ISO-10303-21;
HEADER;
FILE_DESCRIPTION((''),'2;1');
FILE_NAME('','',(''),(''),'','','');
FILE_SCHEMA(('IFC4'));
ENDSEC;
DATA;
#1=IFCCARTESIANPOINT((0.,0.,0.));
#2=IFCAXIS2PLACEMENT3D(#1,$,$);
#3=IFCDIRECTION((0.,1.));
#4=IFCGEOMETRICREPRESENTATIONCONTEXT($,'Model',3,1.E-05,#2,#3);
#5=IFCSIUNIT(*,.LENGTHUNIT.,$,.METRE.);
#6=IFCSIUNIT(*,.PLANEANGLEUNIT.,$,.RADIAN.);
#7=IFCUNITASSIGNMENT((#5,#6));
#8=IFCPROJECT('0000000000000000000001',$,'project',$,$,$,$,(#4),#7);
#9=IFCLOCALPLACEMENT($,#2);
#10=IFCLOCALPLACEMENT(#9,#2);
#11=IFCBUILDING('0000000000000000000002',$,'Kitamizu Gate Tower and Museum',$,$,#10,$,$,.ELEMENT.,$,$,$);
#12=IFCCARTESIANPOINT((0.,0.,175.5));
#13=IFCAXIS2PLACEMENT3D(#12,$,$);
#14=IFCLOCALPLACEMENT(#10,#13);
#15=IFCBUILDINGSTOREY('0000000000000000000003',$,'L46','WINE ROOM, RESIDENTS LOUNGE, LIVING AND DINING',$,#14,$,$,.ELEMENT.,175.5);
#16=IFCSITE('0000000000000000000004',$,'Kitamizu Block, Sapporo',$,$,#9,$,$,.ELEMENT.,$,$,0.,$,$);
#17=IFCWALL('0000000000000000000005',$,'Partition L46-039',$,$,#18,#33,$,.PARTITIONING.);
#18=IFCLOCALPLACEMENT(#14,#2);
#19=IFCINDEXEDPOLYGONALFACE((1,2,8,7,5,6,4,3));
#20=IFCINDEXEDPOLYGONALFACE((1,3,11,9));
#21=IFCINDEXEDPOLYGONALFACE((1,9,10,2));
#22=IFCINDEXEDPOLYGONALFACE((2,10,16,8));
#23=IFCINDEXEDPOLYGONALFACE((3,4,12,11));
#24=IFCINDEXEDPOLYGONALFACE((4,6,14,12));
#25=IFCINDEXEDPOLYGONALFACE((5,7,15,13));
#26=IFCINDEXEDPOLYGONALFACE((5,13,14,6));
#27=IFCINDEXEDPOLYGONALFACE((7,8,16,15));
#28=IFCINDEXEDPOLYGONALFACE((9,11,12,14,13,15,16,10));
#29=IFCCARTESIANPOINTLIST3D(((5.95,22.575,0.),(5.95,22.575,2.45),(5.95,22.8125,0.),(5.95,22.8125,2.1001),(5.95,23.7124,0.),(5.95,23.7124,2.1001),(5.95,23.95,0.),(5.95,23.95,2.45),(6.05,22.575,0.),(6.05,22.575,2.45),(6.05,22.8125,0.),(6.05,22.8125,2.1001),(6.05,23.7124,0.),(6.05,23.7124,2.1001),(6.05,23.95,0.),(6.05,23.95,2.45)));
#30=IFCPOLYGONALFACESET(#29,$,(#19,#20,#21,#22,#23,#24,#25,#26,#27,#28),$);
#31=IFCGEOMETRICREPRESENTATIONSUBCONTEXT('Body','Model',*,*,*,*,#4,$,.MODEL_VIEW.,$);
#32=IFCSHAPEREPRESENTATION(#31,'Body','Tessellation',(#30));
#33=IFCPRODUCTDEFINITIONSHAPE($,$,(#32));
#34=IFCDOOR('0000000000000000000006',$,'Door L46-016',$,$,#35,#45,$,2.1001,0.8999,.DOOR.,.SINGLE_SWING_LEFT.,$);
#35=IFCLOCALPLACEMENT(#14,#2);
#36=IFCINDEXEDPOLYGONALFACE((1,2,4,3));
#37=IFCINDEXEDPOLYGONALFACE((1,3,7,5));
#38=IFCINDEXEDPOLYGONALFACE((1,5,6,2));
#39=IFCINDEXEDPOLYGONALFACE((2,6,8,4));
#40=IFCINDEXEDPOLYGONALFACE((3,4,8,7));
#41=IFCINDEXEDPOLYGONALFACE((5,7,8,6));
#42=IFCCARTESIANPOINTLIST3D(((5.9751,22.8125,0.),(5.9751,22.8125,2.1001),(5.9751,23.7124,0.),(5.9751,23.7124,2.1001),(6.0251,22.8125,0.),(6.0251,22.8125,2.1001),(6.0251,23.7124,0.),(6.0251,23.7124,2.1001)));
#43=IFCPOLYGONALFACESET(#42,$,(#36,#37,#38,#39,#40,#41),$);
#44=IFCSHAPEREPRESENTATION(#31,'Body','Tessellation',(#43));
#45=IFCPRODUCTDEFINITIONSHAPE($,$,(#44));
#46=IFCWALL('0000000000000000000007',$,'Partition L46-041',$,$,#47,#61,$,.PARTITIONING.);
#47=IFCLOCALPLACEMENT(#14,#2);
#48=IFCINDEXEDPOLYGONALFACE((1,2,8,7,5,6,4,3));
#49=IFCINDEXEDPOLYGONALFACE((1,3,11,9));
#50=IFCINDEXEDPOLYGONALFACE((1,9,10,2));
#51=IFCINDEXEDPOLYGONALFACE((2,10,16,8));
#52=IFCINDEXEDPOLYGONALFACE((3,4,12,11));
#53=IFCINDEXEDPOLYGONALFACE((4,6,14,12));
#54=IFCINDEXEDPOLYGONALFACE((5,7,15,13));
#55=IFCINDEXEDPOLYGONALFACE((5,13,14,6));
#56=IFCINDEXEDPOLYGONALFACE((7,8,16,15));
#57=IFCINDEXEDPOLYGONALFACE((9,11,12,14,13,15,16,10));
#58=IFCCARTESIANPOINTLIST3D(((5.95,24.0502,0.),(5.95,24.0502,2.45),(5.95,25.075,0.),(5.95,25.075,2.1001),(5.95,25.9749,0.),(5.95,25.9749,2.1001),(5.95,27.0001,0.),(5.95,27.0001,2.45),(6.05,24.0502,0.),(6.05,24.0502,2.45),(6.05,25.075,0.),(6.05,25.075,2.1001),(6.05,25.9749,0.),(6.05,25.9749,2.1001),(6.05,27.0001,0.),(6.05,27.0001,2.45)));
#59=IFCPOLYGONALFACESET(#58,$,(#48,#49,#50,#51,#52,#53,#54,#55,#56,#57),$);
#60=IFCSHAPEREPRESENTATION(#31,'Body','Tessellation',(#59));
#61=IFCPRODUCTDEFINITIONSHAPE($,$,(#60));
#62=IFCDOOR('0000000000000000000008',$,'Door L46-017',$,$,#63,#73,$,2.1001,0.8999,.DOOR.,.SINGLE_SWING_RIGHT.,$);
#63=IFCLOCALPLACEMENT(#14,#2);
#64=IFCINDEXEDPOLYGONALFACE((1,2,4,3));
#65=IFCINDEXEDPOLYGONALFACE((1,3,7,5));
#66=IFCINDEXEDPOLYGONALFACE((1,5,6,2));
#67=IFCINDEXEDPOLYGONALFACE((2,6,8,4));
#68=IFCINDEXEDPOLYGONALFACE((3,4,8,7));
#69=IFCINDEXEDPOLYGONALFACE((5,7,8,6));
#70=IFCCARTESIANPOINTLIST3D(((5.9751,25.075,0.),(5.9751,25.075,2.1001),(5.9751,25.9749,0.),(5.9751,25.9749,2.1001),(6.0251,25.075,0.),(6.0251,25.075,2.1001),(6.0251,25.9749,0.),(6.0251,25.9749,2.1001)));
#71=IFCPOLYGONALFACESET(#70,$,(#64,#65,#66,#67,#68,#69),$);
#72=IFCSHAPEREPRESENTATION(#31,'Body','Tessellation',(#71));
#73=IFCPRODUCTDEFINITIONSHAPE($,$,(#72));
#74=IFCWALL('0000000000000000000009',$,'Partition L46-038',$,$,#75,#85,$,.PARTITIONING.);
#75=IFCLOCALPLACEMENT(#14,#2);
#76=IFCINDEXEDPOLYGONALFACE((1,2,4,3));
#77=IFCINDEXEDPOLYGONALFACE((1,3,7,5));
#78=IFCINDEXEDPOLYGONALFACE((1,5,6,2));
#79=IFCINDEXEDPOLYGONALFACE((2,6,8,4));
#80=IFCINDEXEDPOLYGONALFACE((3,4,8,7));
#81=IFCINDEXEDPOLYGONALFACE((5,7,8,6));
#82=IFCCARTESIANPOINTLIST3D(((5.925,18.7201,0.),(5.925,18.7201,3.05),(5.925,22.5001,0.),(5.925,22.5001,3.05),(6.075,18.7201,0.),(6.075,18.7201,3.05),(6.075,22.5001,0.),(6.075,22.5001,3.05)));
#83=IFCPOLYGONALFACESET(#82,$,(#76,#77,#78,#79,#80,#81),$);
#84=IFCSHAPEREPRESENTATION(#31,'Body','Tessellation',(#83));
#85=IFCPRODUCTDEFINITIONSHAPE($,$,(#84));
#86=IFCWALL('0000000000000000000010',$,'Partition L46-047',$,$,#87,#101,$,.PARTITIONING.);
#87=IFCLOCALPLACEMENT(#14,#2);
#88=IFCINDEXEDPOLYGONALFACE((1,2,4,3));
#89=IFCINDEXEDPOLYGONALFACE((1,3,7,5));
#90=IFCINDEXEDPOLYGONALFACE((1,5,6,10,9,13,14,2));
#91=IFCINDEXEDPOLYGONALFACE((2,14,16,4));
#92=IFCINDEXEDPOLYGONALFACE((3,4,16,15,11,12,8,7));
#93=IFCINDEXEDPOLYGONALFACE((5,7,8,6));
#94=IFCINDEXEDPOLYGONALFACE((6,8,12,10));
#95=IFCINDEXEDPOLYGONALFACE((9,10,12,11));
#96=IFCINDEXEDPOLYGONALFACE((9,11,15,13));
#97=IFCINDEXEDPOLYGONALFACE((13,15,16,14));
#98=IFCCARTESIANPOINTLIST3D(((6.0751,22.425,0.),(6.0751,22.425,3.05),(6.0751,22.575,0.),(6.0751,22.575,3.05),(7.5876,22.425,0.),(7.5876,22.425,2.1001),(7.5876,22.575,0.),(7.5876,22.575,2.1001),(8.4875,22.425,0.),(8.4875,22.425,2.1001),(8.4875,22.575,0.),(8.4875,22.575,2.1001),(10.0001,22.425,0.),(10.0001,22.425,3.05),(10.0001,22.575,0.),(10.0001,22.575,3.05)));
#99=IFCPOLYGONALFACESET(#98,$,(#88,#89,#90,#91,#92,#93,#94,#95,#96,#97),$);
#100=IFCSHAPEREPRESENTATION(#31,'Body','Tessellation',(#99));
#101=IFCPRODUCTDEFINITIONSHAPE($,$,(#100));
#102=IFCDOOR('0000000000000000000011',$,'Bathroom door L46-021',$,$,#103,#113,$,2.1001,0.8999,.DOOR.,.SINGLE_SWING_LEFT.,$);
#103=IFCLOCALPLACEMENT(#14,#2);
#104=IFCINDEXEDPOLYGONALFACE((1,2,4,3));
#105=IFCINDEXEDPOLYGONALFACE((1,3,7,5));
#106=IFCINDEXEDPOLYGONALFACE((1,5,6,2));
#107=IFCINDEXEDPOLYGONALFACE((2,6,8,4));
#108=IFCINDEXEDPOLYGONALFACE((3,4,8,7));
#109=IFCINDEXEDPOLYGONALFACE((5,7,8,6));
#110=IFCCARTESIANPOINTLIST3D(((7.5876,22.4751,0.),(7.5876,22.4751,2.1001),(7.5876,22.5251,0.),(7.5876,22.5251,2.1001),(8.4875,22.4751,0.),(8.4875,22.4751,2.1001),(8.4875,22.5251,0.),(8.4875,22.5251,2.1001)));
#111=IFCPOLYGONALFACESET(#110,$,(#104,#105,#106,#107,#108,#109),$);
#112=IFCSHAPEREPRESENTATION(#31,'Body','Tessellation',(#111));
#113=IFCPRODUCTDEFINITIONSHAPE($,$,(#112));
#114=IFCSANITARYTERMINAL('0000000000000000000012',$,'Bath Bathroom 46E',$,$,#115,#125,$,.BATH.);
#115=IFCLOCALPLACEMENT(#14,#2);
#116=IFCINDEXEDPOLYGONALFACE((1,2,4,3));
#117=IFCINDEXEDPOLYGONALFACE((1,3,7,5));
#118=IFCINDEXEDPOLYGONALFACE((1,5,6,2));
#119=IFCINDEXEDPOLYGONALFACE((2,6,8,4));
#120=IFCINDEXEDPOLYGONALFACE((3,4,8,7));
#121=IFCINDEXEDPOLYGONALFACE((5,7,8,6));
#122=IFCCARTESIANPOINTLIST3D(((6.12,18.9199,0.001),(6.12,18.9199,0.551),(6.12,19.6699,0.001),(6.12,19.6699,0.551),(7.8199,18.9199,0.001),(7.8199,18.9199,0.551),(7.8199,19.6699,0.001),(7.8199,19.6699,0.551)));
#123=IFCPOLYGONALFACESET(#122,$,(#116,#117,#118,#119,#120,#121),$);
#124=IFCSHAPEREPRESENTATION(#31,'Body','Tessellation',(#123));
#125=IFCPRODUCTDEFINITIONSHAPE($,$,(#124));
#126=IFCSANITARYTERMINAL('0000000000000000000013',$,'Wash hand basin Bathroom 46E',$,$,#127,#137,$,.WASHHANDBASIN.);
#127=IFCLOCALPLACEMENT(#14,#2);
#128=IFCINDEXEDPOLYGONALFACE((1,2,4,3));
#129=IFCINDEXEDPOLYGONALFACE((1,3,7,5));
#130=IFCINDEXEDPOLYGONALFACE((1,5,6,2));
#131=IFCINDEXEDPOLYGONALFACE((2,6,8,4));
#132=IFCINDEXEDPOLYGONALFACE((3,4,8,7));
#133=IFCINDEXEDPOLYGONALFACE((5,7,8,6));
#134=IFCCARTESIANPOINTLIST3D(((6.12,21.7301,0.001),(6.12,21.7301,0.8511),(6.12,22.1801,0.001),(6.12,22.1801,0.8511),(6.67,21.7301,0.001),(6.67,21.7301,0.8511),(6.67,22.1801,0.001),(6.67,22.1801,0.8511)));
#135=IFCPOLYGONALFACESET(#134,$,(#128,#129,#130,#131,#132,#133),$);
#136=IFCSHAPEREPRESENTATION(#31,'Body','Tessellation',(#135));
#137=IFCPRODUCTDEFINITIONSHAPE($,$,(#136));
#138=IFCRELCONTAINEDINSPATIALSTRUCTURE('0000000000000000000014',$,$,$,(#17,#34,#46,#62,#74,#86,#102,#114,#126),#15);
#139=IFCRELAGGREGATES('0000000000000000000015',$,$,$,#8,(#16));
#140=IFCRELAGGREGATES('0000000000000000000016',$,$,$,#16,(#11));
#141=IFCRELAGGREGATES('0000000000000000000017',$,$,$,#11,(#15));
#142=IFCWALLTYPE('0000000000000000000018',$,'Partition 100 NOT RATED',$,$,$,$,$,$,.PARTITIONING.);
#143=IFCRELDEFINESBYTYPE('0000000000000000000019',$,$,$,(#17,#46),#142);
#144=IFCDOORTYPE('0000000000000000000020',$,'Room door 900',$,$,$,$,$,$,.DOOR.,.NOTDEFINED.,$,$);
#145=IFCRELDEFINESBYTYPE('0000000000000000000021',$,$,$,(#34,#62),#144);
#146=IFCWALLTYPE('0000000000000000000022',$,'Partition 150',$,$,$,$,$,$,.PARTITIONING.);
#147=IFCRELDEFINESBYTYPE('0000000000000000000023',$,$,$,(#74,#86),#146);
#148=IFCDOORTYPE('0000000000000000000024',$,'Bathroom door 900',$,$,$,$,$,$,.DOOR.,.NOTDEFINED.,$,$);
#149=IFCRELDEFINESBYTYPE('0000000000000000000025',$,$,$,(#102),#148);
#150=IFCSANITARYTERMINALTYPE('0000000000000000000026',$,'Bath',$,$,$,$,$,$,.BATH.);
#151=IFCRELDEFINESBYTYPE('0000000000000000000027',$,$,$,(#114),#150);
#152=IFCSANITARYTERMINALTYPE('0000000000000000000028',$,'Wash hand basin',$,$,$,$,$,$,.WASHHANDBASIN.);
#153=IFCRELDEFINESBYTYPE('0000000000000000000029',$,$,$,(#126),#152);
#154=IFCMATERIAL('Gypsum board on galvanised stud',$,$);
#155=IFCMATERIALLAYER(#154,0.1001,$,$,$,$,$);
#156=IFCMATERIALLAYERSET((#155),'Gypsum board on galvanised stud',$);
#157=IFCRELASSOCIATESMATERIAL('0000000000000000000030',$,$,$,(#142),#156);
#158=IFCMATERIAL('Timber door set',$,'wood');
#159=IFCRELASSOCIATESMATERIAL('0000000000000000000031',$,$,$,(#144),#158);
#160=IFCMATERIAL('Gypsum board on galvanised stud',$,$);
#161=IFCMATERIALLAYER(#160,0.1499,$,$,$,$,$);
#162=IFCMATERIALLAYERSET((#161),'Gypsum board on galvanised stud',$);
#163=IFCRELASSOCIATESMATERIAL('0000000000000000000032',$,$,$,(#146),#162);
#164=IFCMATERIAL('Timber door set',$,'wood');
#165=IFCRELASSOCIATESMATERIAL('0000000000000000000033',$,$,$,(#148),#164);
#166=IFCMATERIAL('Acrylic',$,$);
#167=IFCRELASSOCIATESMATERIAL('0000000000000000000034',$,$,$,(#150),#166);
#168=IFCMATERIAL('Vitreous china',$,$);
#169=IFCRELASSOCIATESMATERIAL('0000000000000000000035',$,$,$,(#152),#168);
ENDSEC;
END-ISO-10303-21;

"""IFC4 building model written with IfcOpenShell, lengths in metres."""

from ifc_helpers import new_model, si_unit, direction, frame, frame_2d, origin, origin_2d, place, context, subcontext, project, spatial, rectangle, extrude, material, layer, layer_set, type_object, element, fill, save


model = new_model("IFC4")

# Units and contexts
model_context = context("Model", 3, precision=1e-05, world=origin(), true_north=direction((0.0, 1.0)))
body_context = subcontext(model_context, "Body", "Model", "MODEL_VIEW")
ifc_project = project(units=[si_unit("LENGTHUNIT", "METRE"), si_unit("PLANEANGLEUNIT", "RADIAN")], contexts=[model_context])

# Site, building, storey
site_placement = place(None, origin())
site = spatial("IfcSite", under=ifc_project, at=site_placement, Name="Kitamizu Block, Sapporo", CompositionType="ELEMENT", RefElevation=0.0)
building_placement = place(site_placement, origin())
building = spatial("IfcBuilding", under=site, at=building_placement, Name="Kitamizu Gate Tower and Museum", CompositionType="ELEMENT")
storey_placement = place(building_placement, frame((0.0, 0.0, 175.5)))
storey = spatial("IfcBuildingStorey", under=building, at=storey_placement, Name="L46", Description="WINE ROOM, RESIDENTS LOUNGE, LIVING AND DINING", CompositionType="ELEMENT", Elevation=175.5)

# Shared definitions
ifc_material_1 = material(Name="Gypsum board on galvanised stud")
ifc_layer_1 = layer(ifc_material_1, 0.1001)
ifc_layer_set_1 = layer_set([ifc_layer_1], Name="Gypsum board on galvanised stud")
wall_type_1 = type_object("IfcWallType", Name="Partition 100 NOT RATED", PredefinedType="PARTITIONING", material=ifc_layer_set_1)

# Walls, openings, doors
wall_1_placement = place(storey_placement, frame((6.0, 22.575, 0.0), z_axis=(0.0, 0.0, 1.0), x_axis=(0.0, 1.0, 0.0)))
wall_1 = element("IfcWall", 1, at=wall_1_placement, inside=storey, type_object=wall_type_1, Name="Partition L46-039", PredefinedType="PARTITIONING", context=body_context, shape_type="SweptSolid", body=[
    extrude(rectangle(XDim=1.375, YDim=0.1001, at=frame_2d((0.6875, 0.0))), origin(), (0.0, 0.0, 1.0), 2.45),
])
opening_1_placement = place(wall_1_placement, frame((0.2375, 0.0, 0.0)))
opening_1 = element("IfcOpeningElement", 2, at=opening_1_placement, cuts=wall_1, PredefinedType="OPENING", context=body_context, shape_type="SweptSolid", body=[
    extrude(rectangle(XDim=0.8999, YDim=2.1001, at=frame_2d((0.45, 1.05))), frame((0.0, 0.0601, 0.0), z_axis=(0.0, -1.0, 0.0), x_axis=(1.0, 0.0, 0.0)), (0.0, 0.0, 1.0), 0.1201),
])
ifc_material_2 = material(Name="Timber door set", Category="wood")
door_type_1 = type_object("IfcDoorType", Name="Room door 900", OperationType="NOTDEFINED", PredefinedType="DOOR", material=ifc_material_2)
door_1_placement = place(opening_1_placement, origin())
door_1 = element("IfcDoor", 3, at=door_1_placement, inside=storey, type_object=door_type_1, Name="Door L46-016", OperationType="SINGLE_SWING_LEFT", OverallHeight=2.1001, OverallWidth=0.8999, PredefinedType="DOOR", context=body_context, shape_type="SweptSolid", body=[
    extrude(rectangle(XDim=0.8999, YDim=2.1001, at=frame_2d((0.45, 1.05))), frame((0.0, 0.0249, 0.0), z_axis=(0.0, -1.0, 0.0), x_axis=(1.0, 0.0, 0.0)), (0.0, 0.0, 1.0), 0.05),
])
fill(opening_1, door_1)
wall_2_placement = place(storey_placement, frame((6.0, 24.05, 0.0), z_axis=(0.0, 0.0, 1.0), x_axis=(0.0, 1.0, 0.0)))
wall_2 = element("IfcWall", 4, at=wall_2_placement, inside=storey, type_object=wall_type_1, Name="Partition L46-041", PredefinedType="PARTITIONING", context=body_context, shape_type="SweptSolid", body=[
    extrude(rectangle(XDim=2.95, YDim=0.1001, at=frame_2d((1.4751, 0.0))), origin(), (0.0, 0.0, 1.0), 2.45),
])
opening_2_placement = place(wall_2_placement, frame((1.0249, 0.0, 0.0)))
opening_2 = element("IfcOpeningElement", 5, at=opening_2_placement, cuts=wall_2, PredefinedType="OPENING", context=body_context, shape_type="SweptSolid", body=[
    extrude(rectangle(XDim=0.8999, YDim=2.1001, at=frame_2d((0.45, 1.05))), frame((0.0, 0.0601, 0.0), z_axis=(0.0, -1.0, 0.0), x_axis=(1.0, 0.0, 0.0)), (0.0, 0.0, 1.0), 0.1201),
])
door_2_placement = place(opening_2_placement, origin())
door_2 = element("IfcDoor", 6, at=door_2_placement, inside=storey, type_object=door_type_1, Name="Door L46-017", OperationType="SINGLE_SWING_RIGHT", OverallHeight=2.1001, OverallWidth=0.8999, PredefinedType="DOOR", context=body_context, shape_type="SweptSolid", body=[
    extrude(rectangle(XDim=0.8999, YDim=2.1001, at=frame_2d((0.45, 1.05))), frame((0.0, 0.0249, 0.0), z_axis=(0.0, -1.0, 0.0), x_axis=(1.0, 0.0, 0.0)), (0.0, 0.0, 1.0), 0.05),
])
fill(opening_2, door_2)

# Wall
ifc_material_3 = material(Name="Gypsum board on galvanised stud")
ifc_layer_2 = layer(ifc_material_3, 0.1499)
ifc_layer_set_2 = layer_set([ifc_layer_2], Name="Gypsum board on galvanised stud")
wall_type_2 = type_object("IfcWallType", Name="Partition 150", PredefinedType="PARTITIONING", material=ifc_layer_set_2)
wall_3_placement = place(storey_placement, frame((6.0, 18.72, 0.0), z_axis=(0.0, 0.0, 1.0), x_axis=(0.0, 1.0, 0.0)))
element("IfcWall", 7, at=wall_3_placement, inside=storey, type_object=wall_type_2, Name="Partition L46-038", PredefinedType="PARTITIONING", context=body_context, shape_type="SweptSolid", body=[
    extrude(rectangle(XDim=3.78, YDim=0.1499, at=frame_2d((1.8901, 0.0))), origin(), (0.0, 0.0, 1.0), 3.05),
])

# Wall, opening, door
wall_4_placement = place(storey_placement, frame((10.0, 22.5, 0.0), z_axis=(0.0, 0.0, 1.0), x_axis=(-1.0, 0.0, 0.0)))
wall_4 = element("IfcWall", 8, at=wall_4_placement, inside=storey, type_object=wall_type_2, Name="Partition L46-047", PredefinedType="PARTITIONING", context=body_context, shape_type="SweptSolid", body=[
    extrude(rectangle(XDim=3.925, YDim=0.1499, at=frame_2d((1.9624, 0.0))), origin(), (0.0, 0.0, 1.0), 3.05),
])
opening_3_placement = place(wall_4_placement, frame((1.5125, 0.0, 0.0)))
opening_3 = element("IfcOpeningElement", 9, at=opening_3_placement, cuts=wall_4, PredefinedType="OPENING", context=body_context, shape_type="SweptSolid", body=[
    extrude(rectangle(XDim=0.8999, YDim=2.1001, at=frame_2d((0.45, 1.05))), frame((0.0, 0.085, 0.0), z_axis=(0.0, -1.0, 0.0), x_axis=(1.0, 0.0, 0.0)), (0.0, 0.0, 1.0), 0.1699),
])
ifc_material_4 = material(Name="Timber door set", Category="wood")
door_type_2 = type_object("IfcDoorType", Name="Bathroom door 900", OperationType="NOTDEFINED", PredefinedType="DOOR", material=ifc_material_4)
door_3_placement = place(opening_3_placement, origin())
door_3 = element("IfcDoor", 10, at=door_3_placement, inside=storey, type_object=door_type_2, Name="Bathroom door L46-021", OperationType="SINGLE_SWING_LEFT", OverallHeight=2.1001, OverallWidth=0.8999, PredefinedType="DOOR", context=body_context, shape_type="SweptSolid", body=[
    extrude(rectangle(XDim=0.8999, YDim=2.1001, at=frame_2d((0.45, 1.05))), frame((0.0, 0.0249, 0.0), z_axis=(0.0, -1.0, 0.0), x_axis=(1.0, 0.0, 0.0)), (0.0, 0.0, 1.0), 0.05),
])
fill(opening_3, door_3)

# Sanitary terminals
ifc_material_5 = material(Name="Acrylic")
sanitary_terminal_type_1 = type_object("IfcSanitaryTerminalType", Name="Bath", PredefinedType="BATH", material=ifc_material_5)
sanitary_terminal_1_placement = place(storey_placement, frame((6.97, 19.2949, 0.001), z_axis=(0.0, 0.0, 1.0), x_axis=(1.0, 0.0, 0.0)))
element("IfcSanitaryTerminal", 11, at=sanitary_terminal_1_placement, inside=storey, type_object=sanitary_terminal_type_1, Name="Bath Bathroom 46E", PredefinedType="BATH", context=body_context, shape_type="SweptSolid", body=[
    extrude(rectangle(XDim=1.7, YDim=0.75, at=origin_2d()), origin(), (0.0, 0.0, 1.0), 0.55),
])
ifc_material_6 = material(Name="Vitreous china")
sanitary_terminal_type_2 = type_object("IfcSanitaryTerminalType", Name="Wash hand basin", PredefinedType="WASHHANDBASIN", material=ifc_material_6)
sanitary_terminal_2_placement = place(storey_placement, frame((6.395, 21.9551, 0.001), z_axis=(0.0, 0.0, 1.0), x_axis=(1.0, 0.0, 0.0)))
element("IfcSanitaryTerminal", 12, at=sanitary_terminal_2_placement, inside=storey, type_object=sanitary_terminal_type_2, Name="Wash hand basin Bathroom 46E", PredefinedType="WASHHANDBASIN", context=body_context, shape_type="SweptSolid", body=[
    extrude(rectangle(XDim=0.55, YDim=0.45, at=origin_2d()), origin(), (0.0, 0.0, 1.0), 0.8501),
])

save(model, "model.ifc")
